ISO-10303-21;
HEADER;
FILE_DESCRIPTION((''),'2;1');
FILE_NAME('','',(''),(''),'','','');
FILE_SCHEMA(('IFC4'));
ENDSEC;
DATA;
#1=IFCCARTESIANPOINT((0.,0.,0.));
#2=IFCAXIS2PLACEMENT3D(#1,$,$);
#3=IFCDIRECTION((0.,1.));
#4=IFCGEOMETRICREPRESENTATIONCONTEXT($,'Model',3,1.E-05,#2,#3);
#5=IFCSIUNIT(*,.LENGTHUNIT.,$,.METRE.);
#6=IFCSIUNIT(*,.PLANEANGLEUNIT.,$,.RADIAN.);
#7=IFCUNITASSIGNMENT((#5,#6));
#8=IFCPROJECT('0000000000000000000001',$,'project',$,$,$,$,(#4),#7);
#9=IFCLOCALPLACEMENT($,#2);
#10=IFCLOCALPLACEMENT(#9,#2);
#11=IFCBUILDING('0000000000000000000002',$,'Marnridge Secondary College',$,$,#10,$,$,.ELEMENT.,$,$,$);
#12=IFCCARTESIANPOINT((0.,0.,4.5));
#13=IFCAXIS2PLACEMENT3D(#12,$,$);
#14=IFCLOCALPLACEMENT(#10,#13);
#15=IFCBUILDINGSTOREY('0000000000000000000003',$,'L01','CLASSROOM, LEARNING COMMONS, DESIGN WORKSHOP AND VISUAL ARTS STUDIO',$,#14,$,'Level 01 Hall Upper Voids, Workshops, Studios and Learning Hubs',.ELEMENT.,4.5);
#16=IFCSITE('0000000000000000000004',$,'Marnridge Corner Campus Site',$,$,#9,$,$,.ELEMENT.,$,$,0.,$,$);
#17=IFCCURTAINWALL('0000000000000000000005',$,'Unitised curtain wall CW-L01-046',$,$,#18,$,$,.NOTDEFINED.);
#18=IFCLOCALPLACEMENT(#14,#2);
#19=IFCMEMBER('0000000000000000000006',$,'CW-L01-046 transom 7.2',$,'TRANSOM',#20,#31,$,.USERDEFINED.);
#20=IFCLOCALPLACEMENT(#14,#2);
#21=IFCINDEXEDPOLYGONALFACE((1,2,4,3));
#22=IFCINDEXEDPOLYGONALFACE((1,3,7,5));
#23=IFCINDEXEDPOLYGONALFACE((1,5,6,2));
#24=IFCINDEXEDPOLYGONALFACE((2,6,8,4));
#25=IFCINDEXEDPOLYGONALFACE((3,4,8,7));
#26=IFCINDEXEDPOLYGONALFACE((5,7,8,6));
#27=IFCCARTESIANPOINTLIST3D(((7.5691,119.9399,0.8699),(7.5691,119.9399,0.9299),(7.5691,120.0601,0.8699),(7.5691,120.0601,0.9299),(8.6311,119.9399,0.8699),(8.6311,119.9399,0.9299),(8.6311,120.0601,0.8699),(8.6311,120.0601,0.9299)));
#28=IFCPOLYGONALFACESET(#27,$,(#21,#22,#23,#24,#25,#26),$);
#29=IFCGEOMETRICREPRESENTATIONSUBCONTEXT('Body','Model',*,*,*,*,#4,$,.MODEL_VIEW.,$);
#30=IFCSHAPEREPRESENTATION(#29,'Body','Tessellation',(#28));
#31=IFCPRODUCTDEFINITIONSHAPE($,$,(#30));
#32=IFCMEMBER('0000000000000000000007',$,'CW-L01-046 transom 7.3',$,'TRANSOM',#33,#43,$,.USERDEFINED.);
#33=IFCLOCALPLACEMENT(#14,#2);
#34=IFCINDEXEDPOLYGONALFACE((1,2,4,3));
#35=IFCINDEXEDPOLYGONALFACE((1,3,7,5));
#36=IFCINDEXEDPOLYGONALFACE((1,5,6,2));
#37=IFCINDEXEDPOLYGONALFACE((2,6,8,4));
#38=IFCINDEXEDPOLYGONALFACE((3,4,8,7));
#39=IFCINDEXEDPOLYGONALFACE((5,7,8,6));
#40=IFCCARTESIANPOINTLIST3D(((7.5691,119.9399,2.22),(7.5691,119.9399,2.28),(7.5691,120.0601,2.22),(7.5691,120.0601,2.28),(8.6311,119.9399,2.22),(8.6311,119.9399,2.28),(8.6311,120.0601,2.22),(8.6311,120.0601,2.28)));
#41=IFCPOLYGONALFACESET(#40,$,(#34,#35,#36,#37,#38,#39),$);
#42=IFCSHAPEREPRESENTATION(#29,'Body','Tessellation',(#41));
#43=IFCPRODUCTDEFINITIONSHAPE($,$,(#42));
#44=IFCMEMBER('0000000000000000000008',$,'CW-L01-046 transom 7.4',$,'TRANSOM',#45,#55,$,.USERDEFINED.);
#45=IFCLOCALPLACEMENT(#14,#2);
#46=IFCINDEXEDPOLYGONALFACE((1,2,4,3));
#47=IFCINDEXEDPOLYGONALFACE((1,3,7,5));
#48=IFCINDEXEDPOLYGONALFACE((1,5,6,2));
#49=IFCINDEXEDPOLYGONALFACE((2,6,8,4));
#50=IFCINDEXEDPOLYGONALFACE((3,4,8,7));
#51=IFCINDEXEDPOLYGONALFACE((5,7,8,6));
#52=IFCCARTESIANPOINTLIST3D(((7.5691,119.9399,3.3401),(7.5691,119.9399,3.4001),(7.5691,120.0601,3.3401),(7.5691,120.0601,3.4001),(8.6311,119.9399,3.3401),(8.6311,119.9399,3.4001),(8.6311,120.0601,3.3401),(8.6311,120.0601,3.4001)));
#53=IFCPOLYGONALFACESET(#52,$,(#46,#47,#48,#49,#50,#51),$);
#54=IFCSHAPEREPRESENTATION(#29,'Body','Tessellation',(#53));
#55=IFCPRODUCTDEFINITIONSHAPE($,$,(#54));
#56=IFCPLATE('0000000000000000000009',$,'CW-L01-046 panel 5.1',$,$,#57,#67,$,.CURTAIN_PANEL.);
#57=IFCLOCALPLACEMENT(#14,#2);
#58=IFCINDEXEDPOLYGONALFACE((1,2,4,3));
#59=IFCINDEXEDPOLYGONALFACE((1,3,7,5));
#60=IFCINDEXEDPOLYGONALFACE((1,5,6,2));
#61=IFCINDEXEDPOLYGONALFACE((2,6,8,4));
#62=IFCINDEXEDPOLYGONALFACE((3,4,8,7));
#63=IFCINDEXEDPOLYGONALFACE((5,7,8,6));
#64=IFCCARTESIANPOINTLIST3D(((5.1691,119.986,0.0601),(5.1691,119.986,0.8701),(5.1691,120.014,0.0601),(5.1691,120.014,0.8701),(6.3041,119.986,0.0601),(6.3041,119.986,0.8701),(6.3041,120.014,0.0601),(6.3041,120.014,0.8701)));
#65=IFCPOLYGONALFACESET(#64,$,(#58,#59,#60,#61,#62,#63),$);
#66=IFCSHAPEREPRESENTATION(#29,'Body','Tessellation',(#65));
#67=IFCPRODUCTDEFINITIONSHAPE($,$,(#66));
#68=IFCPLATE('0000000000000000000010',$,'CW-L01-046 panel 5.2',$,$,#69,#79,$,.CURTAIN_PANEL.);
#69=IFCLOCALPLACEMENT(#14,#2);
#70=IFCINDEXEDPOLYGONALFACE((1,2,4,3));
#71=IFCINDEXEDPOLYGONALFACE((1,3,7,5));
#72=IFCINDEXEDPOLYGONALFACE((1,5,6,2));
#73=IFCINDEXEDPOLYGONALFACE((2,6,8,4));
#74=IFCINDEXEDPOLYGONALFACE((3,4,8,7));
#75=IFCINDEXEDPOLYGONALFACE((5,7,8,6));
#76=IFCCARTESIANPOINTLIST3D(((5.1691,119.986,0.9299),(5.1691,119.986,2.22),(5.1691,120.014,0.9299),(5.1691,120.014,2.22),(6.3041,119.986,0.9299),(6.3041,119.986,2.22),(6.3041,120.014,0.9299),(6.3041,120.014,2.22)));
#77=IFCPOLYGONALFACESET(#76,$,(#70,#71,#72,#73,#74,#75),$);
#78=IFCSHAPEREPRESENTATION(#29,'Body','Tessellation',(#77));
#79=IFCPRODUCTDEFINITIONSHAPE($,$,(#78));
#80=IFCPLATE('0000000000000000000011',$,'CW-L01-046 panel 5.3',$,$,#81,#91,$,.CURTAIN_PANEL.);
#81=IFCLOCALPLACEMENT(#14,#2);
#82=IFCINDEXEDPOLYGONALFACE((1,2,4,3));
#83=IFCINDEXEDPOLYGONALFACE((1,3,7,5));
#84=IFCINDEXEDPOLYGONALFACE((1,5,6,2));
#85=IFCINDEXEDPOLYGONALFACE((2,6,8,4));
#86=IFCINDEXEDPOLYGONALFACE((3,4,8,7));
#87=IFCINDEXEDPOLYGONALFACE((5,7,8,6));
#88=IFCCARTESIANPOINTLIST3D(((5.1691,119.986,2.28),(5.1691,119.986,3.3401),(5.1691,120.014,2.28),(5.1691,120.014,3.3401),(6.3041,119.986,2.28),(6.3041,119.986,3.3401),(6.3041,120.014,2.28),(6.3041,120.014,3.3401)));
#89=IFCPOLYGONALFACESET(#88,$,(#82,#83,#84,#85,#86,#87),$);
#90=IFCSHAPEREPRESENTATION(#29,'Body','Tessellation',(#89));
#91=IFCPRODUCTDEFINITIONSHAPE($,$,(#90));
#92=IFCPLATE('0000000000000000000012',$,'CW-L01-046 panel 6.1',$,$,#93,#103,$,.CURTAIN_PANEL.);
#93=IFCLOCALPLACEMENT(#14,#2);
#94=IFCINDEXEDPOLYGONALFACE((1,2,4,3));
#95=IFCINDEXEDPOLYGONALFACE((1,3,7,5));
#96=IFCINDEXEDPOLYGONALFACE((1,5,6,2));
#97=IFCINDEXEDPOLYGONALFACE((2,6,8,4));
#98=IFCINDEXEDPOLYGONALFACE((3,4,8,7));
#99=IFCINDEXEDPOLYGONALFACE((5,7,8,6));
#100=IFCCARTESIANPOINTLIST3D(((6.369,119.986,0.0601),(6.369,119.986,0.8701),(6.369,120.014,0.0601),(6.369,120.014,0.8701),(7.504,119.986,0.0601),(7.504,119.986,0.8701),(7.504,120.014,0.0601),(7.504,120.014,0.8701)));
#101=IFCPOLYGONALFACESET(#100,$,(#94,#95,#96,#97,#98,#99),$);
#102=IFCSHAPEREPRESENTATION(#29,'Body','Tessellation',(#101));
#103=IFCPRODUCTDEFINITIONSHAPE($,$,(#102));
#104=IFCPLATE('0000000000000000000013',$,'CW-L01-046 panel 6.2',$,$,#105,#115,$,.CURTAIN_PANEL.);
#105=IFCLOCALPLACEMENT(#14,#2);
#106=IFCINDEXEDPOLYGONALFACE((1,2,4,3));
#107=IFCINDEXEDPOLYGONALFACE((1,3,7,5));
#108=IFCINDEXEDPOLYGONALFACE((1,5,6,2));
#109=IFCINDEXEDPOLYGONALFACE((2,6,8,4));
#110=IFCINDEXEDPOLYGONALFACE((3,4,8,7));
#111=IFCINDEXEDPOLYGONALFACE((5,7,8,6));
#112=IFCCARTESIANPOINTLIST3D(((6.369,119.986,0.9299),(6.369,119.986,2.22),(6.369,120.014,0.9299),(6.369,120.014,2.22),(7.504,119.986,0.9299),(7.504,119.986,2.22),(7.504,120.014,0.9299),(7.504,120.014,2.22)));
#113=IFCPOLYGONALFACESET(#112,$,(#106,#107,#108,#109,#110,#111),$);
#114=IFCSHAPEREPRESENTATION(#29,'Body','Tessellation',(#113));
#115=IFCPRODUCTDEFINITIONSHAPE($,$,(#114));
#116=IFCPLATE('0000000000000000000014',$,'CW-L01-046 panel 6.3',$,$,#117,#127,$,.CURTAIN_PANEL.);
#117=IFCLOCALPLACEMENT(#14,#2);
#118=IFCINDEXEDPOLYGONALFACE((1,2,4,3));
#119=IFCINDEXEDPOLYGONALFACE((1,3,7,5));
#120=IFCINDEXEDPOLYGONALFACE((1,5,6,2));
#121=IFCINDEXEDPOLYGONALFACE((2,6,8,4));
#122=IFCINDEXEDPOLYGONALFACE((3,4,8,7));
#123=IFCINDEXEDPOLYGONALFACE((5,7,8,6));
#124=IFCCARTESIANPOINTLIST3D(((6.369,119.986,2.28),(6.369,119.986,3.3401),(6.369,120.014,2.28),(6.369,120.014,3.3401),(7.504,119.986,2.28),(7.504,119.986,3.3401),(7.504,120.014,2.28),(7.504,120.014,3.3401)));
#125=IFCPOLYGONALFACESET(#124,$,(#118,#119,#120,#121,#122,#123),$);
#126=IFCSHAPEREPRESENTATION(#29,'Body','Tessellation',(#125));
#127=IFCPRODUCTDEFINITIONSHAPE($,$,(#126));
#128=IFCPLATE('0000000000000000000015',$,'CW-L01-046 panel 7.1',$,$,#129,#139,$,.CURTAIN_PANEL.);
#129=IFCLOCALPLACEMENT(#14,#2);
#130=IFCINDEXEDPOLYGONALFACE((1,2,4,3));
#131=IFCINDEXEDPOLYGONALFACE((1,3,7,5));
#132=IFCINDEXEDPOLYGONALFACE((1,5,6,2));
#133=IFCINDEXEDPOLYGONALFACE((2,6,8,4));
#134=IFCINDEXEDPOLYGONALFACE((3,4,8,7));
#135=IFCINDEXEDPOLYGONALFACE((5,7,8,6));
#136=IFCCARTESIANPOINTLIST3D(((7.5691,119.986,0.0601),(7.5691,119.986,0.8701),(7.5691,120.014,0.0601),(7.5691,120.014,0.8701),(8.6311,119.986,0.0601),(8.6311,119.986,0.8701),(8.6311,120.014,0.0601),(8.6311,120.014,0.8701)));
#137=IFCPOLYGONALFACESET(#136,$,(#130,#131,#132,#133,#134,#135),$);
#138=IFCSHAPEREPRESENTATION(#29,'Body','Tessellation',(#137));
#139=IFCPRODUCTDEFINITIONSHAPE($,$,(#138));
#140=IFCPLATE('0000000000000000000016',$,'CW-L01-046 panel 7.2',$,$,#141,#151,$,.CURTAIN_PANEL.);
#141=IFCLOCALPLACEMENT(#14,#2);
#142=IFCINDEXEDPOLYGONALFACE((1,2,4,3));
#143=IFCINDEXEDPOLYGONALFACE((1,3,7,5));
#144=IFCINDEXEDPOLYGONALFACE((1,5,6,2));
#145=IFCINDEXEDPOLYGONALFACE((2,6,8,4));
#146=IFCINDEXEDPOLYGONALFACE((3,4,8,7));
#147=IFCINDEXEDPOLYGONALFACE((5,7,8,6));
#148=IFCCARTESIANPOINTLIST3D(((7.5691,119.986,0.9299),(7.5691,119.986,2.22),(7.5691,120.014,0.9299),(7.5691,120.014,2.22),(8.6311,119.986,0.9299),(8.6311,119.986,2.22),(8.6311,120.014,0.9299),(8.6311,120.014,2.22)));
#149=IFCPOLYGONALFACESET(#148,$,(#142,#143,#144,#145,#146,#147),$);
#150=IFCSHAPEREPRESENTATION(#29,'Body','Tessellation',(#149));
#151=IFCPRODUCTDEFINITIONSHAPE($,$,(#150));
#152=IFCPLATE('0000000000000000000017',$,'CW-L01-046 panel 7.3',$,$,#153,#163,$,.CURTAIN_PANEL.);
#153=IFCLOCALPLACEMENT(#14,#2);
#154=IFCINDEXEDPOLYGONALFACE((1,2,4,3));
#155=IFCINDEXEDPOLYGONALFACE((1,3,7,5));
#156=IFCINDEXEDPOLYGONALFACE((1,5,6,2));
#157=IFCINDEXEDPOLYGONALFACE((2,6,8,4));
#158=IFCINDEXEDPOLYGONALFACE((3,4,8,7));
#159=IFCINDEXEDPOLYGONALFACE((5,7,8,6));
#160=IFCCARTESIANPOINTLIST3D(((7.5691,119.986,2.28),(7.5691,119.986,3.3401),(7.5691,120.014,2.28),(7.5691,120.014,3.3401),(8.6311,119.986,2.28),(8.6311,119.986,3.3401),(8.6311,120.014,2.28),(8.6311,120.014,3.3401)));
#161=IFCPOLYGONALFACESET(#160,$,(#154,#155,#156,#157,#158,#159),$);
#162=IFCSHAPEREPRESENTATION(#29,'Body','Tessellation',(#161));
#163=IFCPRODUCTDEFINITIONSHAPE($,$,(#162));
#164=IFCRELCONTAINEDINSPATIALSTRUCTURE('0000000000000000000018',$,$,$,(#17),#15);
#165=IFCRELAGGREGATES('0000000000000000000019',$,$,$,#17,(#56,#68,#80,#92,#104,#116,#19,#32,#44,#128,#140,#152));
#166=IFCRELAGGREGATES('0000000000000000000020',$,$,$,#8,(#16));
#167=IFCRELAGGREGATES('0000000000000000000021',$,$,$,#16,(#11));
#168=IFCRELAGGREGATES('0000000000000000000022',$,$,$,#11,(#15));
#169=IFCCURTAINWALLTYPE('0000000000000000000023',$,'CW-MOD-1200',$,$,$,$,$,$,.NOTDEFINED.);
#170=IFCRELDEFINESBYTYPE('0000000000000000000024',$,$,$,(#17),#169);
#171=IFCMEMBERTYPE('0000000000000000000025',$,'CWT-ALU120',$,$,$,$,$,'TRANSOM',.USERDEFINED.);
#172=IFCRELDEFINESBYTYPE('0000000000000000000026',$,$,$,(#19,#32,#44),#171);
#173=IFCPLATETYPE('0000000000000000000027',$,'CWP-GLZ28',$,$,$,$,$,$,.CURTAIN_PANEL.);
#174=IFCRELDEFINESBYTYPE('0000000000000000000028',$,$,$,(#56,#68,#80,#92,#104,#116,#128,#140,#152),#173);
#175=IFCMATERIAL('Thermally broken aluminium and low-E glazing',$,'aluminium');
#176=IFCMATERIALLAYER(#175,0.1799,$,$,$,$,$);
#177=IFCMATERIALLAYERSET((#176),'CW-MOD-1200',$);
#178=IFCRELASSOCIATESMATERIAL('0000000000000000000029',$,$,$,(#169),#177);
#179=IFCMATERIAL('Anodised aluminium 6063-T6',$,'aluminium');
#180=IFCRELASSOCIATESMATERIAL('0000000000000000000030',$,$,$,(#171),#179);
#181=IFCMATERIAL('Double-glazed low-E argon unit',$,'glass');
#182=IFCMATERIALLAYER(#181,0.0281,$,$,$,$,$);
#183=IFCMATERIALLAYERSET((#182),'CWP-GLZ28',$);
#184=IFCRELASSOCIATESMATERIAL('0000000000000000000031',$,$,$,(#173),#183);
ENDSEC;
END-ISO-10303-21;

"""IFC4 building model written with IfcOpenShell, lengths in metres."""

from ifc_helpers import new_model, si_unit, direction, frame, origin, origin_2d, place, context, subcontext, project, spatial, rectangle, extrude, material, layer, layer_set, material_profile, profile_set, type_object, element, aggregate, save


model = new_model("IFC4")

# Units and contexts
model_context = context("Model", 3, precision=1e-05, world=origin(), true_north=direction((0.0, 1.0)))
body_context = subcontext(model_context, "Body", "Model", "MODEL_VIEW")
ifc_project = project(units=[si_unit("LENGTHUNIT", "METRE"), si_unit("PLANEANGLEUNIT", "RADIAN")], contexts=[model_context])

# Site, building, storey
site_placement = place(None, origin())
site = spatial("IfcSite", under=ifc_project, at=site_placement, Name="Marnridge Corner Campus Site", CompositionType="ELEMENT", RefElevation=0.0)
building_placement = place(site_placement, origin())
building = spatial("IfcBuilding", under=site, at=building_placement, Name="Marnridge Secondary College", CompositionType="ELEMENT")
storey_placement = place(building_placement, frame((0.0, 0.0, 4.5)))
storey = spatial("IfcBuildingStorey", under=building, at=storey_placement, Name="L01", Description="CLASSROOM, LEARNING COMMONS, DESIGN WORKSHOP AND VISUAL ARTS STUDIO", LongName="Level 01 Hall Upper Voids, Workshops, Studios and Learning Hubs", CompositionType="ELEMENT", Elevation=4.5)

# Curtain wall, members, plates
ifc_material_1 = material(Name="Thermally broken aluminium and low-E glazing", Category="aluminium")
ifc_layer_1 = layer(ifc_material_1, 0.1799)
ifc_layer_set_1 = layer_set([ifc_layer_1], Name="CW-MOD-1200")
curtain_wall_type_1 = type_object("IfcCurtainWallType", Name="CW-MOD-1200", PredefinedType="NOTDEFINED", material=ifc_layer_set_1)
curtain_wall_1_placement = place(storey_placement, origin())
curtain_wall_1 = element("IfcCurtainWall", 1, at=curtain_wall_1_placement, inside=storey, type_object=curtain_wall_type_1, Name="Unitised curtain wall CW-L01-046", PredefinedType="NOTDEFINED")
ifc_material_2 = material(Name="Anodised aluminium 6063-T6", Category="aluminium")
ifc_material_profile_1 = material_profile(ifc_material_2, rectangle(XDim=0.0601, YDim=0.1201, at=origin_2d()), Name="ALU 60x120")
ifc_profile_set_1 = profile_set([ifc_material_profile_1], Name="Anodised aluminium 6063-T6")
member_type_1 = type_object("IfcMemberType", Name="CWT-ALU120", ElementType="TRANSOM", PredefinedType="USERDEFINED", material=ifc_profile_set_1)
member_1_placement = place(storey_placement, frame((7.5691, 120.0, 0.8999), z_axis=(1.0, 0.0, 0.0), x_axis=(0.0, 0.0, 1.0)))
member_1 = element("IfcMember", 2, at=member_1_placement, type_object=member_type_1, Name="CW-L01-046 transom 7.2", ObjectType="TRANSOM", PredefinedType="USERDEFINED", context=body_context, shape_type="SweptSolid", body=[
    extrude(rectangle(XDim=0.0601, YDim=0.1201, at=origin_2d()), origin(), (0.0, 0.0, 1.0), 1.062),
])
member_2_placement = place(storey_placement, frame((7.5691, 120.0, 2.25), z_axis=(1.0, 0.0, 0.0), x_axis=(0.0, 0.0, 1.0)))
member_2 = element("IfcMember", 3, at=member_2_placement, type_object=member_type_1, Name="CW-L01-046 transom 7.3", ObjectType="TRANSOM", PredefinedType="USERDEFINED", context=body_context, shape_type="SweptSolid", body=[
    extrude(rectangle(XDim=0.0601, YDim=0.1201, at=origin_2d()), origin(), (0.0, 0.0, 1.0), 1.062),
])
member_3_placement = place(storey_placement, frame((7.5691, 120.0, 3.3701), z_axis=(1.0, 0.0, 0.0), x_axis=(0.0, 0.0, 1.0)))
member_3 = element("IfcMember", 4, at=member_3_placement, type_object=member_type_1, Name="CW-L01-046 transom 7.4", ObjectType="TRANSOM", PredefinedType="USERDEFINED", context=body_context, shape_type="SweptSolid", body=[
    extrude(rectangle(XDim=0.0601, YDim=0.1201, at=origin_2d()), origin(), (0.0, 0.0, 1.0), 1.062),
])
ifc_material_3 = material(Name="Double-glazed low-E argon unit", Category="glass")
ifc_layer_2 = layer(ifc_material_3, 0.0281)
ifc_layer_set_2 = layer_set([ifc_layer_2], Name="CWP-GLZ28")
plate_type = type_object("IfcPlateType", Name="CWP-GLZ28", PredefinedType="CURTAIN_PANEL", material=ifc_layer_set_2)
plate_1_placement = place(storey_placement, frame((5.7366, 120.0, 0.0601), z_axis=(0.0, 0.0, 1.0), x_axis=(1.0, 0.0, 0.0)))
plate_1 = element("IfcPlate", 5, at=plate_1_placement, type_object=plate_type, Name="CW-L01-046 panel 5.1", PredefinedType="CURTAIN_PANEL", context=body_context, shape_type="SweptSolid", body=[
    extrude(rectangle(XDim=1.135, YDim=0.0281, at=origin_2d()), origin(), (0.0, 0.0, 1.0), 0.8101),
])
plate_2_placement = place(storey_placement, frame((5.7366, 120.0, 0.9299), z_axis=(0.0, 0.0, 1.0), x_axis=(1.0, 0.0, 0.0)))
plate_2 = element("IfcPlate", 6, at=plate_2_placement, type_object=plate_type, Name="CW-L01-046 panel 5.2", PredefinedType="CURTAIN_PANEL", context=body_context, shape_type="SweptSolid", body=[
    extrude(rectangle(XDim=1.135, YDim=0.0281, at=origin_2d()), origin(), (0.0, 0.0, 1.0), 1.29),
])
plate_3_placement = place(storey_placement, frame((5.7366, 120.0, 2.28), z_axis=(0.0, 0.0, 1.0), x_axis=(1.0, 0.0, 0.0)))
plate_3 = element("IfcPlate", 7, at=plate_3_placement, type_object=plate_type, Name="CW-L01-046 panel 5.3", PredefinedType="CURTAIN_PANEL", context=body_context, shape_type="SweptSolid", body=[
    extrude(rectangle(XDim=1.135, YDim=0.0281, at=origin_2d()), origin(), (0.0, 0.0, 1.0), 1.0601),
])
plate_4_placement = place(storey_placement, frame((6.9365, 120.0, 0.0601), z_axis=(0.0, 0.0, 1.0), x_axis=(1.0, 0.0, 0.0)))
plate_4 = element("IfcPlate", 8, at=plate_4_placement, type_object=plate_type, Name="CW-L01-046 panel 6.1", PredefinedType="CURTAIN_PANEL", context=body_context, shape_type="SweptSolid", body=[
    extrude(rectangle(XDim=1.135, YDim=0.0281, at=origin_2d()), origin(), (0.0, 0.0, 1.0), 0.8101),
])
plate_5_placement = place(storey_placement, frame((6.9365, 120.0, 0.9299), z_axis=(0.0, 0.0, 1.0), x_axis=(1.0, 0.0, 0.0)))
plate_5 = element("IfcPlate", 9, at=plate_5_placement, type_object=plate_type, Name="CW-L01-046 panel 6.2", PredefinedType="CURTAIN_PANEL", context=body_context, shape_type="SweptSolid", body=[
    extrude(rectangle(XDim=1.135, YDim=0.0281, at=origin_2d()), origin(), (0.0, 0.0, 1.0), 1.29),
])
plate_6_placement = place(storey_placement, frame((6.9365, 120.0, 2.28), z_axis=(0.0, 0.0, 1.0), x_axis=(1.0, 0.0, 0.0)))
plate_6 = element("IfcPlate", 10, at=plate_6_placement, type_object=plate_type, Name="CW-L01-046 panel 6.3", PredefinedType="CURTAIN_PANEL", context=body_context, shape_type="SweptSolid", body=[
    extrude(rectangle(XDim=1.135, YDim=0.0281, at=origin_2d()), origin(), (0.0, 0.0, 1.0), 1.0601),
])
plate_7_placement = place(storey_placement, frame((8.1001, 120.0, 0.0601), z_axis=(0.0, 0.0, 1.0), x_axis=(1.0, 0.0, 0.0)))
plate_7 = element("IfcPlate", 11, at=plate_7_placement, type_object=plate_type, Name="CW-L01-046 panel 7.1", PredefinedType="CURTAIN_PANEL", context=body_context, shape_type="SweptSolid", body=[
    extrude(rectangle(XDim=1.062, YDim=0.0281, at=origin_2d()), origin(), (0.0, 0.0, 1.0), 0.8101),
])
plate_8_placement = place(storey_placement, frame((8.1001, 120.0, 0.9299), z_axis=(0.0, 0.0, 1.0), x_axis=(1.0, 0.0, 0.0)))
plate_8 = element("IfcPlate", 12, at=plate_8_placement, type_object=plate_type, Name="CW-L01-046 panel 7.2", PredefinedType="CURTAIN_PANEL", context=body_context, shape_type="SweptSolid", body=[
    extrude(rectangle(XDim=1.062, YDim=0.0281, at=origin_2d()), origin(), (0.0, 0.0, 1.0), 1.29),
])
plate_9_placement = place(storey_placement, frame((8.1001, 120.0, 2.28), z_axis=(0.0, 0.0, 1.0), x_axis=(1.0, 0.0, 0.0)))
plate_9 = element("IfcPlate", 13, at=plate_9_placement, type_object=plate_type, Name="CW-L01-046 panel 7.3", PredefinedType="CURTAIN_PANEL", context=body_context, shape_type="SweptSolid", body=[
    extrude(rectangle(XDim=1.062, YDim=0.0281, at=origin_2d()), origin(), (0.0, 0.0, 1.0), 1.0601),
])
aggregate(curtain_wall_1, [plate_1, plate_2, plate_3, plate_4, plate_5, plate_6, member_1, member_2, member_3, plate_7, plate_8, plate_9])

save(model, "model.ifc")
